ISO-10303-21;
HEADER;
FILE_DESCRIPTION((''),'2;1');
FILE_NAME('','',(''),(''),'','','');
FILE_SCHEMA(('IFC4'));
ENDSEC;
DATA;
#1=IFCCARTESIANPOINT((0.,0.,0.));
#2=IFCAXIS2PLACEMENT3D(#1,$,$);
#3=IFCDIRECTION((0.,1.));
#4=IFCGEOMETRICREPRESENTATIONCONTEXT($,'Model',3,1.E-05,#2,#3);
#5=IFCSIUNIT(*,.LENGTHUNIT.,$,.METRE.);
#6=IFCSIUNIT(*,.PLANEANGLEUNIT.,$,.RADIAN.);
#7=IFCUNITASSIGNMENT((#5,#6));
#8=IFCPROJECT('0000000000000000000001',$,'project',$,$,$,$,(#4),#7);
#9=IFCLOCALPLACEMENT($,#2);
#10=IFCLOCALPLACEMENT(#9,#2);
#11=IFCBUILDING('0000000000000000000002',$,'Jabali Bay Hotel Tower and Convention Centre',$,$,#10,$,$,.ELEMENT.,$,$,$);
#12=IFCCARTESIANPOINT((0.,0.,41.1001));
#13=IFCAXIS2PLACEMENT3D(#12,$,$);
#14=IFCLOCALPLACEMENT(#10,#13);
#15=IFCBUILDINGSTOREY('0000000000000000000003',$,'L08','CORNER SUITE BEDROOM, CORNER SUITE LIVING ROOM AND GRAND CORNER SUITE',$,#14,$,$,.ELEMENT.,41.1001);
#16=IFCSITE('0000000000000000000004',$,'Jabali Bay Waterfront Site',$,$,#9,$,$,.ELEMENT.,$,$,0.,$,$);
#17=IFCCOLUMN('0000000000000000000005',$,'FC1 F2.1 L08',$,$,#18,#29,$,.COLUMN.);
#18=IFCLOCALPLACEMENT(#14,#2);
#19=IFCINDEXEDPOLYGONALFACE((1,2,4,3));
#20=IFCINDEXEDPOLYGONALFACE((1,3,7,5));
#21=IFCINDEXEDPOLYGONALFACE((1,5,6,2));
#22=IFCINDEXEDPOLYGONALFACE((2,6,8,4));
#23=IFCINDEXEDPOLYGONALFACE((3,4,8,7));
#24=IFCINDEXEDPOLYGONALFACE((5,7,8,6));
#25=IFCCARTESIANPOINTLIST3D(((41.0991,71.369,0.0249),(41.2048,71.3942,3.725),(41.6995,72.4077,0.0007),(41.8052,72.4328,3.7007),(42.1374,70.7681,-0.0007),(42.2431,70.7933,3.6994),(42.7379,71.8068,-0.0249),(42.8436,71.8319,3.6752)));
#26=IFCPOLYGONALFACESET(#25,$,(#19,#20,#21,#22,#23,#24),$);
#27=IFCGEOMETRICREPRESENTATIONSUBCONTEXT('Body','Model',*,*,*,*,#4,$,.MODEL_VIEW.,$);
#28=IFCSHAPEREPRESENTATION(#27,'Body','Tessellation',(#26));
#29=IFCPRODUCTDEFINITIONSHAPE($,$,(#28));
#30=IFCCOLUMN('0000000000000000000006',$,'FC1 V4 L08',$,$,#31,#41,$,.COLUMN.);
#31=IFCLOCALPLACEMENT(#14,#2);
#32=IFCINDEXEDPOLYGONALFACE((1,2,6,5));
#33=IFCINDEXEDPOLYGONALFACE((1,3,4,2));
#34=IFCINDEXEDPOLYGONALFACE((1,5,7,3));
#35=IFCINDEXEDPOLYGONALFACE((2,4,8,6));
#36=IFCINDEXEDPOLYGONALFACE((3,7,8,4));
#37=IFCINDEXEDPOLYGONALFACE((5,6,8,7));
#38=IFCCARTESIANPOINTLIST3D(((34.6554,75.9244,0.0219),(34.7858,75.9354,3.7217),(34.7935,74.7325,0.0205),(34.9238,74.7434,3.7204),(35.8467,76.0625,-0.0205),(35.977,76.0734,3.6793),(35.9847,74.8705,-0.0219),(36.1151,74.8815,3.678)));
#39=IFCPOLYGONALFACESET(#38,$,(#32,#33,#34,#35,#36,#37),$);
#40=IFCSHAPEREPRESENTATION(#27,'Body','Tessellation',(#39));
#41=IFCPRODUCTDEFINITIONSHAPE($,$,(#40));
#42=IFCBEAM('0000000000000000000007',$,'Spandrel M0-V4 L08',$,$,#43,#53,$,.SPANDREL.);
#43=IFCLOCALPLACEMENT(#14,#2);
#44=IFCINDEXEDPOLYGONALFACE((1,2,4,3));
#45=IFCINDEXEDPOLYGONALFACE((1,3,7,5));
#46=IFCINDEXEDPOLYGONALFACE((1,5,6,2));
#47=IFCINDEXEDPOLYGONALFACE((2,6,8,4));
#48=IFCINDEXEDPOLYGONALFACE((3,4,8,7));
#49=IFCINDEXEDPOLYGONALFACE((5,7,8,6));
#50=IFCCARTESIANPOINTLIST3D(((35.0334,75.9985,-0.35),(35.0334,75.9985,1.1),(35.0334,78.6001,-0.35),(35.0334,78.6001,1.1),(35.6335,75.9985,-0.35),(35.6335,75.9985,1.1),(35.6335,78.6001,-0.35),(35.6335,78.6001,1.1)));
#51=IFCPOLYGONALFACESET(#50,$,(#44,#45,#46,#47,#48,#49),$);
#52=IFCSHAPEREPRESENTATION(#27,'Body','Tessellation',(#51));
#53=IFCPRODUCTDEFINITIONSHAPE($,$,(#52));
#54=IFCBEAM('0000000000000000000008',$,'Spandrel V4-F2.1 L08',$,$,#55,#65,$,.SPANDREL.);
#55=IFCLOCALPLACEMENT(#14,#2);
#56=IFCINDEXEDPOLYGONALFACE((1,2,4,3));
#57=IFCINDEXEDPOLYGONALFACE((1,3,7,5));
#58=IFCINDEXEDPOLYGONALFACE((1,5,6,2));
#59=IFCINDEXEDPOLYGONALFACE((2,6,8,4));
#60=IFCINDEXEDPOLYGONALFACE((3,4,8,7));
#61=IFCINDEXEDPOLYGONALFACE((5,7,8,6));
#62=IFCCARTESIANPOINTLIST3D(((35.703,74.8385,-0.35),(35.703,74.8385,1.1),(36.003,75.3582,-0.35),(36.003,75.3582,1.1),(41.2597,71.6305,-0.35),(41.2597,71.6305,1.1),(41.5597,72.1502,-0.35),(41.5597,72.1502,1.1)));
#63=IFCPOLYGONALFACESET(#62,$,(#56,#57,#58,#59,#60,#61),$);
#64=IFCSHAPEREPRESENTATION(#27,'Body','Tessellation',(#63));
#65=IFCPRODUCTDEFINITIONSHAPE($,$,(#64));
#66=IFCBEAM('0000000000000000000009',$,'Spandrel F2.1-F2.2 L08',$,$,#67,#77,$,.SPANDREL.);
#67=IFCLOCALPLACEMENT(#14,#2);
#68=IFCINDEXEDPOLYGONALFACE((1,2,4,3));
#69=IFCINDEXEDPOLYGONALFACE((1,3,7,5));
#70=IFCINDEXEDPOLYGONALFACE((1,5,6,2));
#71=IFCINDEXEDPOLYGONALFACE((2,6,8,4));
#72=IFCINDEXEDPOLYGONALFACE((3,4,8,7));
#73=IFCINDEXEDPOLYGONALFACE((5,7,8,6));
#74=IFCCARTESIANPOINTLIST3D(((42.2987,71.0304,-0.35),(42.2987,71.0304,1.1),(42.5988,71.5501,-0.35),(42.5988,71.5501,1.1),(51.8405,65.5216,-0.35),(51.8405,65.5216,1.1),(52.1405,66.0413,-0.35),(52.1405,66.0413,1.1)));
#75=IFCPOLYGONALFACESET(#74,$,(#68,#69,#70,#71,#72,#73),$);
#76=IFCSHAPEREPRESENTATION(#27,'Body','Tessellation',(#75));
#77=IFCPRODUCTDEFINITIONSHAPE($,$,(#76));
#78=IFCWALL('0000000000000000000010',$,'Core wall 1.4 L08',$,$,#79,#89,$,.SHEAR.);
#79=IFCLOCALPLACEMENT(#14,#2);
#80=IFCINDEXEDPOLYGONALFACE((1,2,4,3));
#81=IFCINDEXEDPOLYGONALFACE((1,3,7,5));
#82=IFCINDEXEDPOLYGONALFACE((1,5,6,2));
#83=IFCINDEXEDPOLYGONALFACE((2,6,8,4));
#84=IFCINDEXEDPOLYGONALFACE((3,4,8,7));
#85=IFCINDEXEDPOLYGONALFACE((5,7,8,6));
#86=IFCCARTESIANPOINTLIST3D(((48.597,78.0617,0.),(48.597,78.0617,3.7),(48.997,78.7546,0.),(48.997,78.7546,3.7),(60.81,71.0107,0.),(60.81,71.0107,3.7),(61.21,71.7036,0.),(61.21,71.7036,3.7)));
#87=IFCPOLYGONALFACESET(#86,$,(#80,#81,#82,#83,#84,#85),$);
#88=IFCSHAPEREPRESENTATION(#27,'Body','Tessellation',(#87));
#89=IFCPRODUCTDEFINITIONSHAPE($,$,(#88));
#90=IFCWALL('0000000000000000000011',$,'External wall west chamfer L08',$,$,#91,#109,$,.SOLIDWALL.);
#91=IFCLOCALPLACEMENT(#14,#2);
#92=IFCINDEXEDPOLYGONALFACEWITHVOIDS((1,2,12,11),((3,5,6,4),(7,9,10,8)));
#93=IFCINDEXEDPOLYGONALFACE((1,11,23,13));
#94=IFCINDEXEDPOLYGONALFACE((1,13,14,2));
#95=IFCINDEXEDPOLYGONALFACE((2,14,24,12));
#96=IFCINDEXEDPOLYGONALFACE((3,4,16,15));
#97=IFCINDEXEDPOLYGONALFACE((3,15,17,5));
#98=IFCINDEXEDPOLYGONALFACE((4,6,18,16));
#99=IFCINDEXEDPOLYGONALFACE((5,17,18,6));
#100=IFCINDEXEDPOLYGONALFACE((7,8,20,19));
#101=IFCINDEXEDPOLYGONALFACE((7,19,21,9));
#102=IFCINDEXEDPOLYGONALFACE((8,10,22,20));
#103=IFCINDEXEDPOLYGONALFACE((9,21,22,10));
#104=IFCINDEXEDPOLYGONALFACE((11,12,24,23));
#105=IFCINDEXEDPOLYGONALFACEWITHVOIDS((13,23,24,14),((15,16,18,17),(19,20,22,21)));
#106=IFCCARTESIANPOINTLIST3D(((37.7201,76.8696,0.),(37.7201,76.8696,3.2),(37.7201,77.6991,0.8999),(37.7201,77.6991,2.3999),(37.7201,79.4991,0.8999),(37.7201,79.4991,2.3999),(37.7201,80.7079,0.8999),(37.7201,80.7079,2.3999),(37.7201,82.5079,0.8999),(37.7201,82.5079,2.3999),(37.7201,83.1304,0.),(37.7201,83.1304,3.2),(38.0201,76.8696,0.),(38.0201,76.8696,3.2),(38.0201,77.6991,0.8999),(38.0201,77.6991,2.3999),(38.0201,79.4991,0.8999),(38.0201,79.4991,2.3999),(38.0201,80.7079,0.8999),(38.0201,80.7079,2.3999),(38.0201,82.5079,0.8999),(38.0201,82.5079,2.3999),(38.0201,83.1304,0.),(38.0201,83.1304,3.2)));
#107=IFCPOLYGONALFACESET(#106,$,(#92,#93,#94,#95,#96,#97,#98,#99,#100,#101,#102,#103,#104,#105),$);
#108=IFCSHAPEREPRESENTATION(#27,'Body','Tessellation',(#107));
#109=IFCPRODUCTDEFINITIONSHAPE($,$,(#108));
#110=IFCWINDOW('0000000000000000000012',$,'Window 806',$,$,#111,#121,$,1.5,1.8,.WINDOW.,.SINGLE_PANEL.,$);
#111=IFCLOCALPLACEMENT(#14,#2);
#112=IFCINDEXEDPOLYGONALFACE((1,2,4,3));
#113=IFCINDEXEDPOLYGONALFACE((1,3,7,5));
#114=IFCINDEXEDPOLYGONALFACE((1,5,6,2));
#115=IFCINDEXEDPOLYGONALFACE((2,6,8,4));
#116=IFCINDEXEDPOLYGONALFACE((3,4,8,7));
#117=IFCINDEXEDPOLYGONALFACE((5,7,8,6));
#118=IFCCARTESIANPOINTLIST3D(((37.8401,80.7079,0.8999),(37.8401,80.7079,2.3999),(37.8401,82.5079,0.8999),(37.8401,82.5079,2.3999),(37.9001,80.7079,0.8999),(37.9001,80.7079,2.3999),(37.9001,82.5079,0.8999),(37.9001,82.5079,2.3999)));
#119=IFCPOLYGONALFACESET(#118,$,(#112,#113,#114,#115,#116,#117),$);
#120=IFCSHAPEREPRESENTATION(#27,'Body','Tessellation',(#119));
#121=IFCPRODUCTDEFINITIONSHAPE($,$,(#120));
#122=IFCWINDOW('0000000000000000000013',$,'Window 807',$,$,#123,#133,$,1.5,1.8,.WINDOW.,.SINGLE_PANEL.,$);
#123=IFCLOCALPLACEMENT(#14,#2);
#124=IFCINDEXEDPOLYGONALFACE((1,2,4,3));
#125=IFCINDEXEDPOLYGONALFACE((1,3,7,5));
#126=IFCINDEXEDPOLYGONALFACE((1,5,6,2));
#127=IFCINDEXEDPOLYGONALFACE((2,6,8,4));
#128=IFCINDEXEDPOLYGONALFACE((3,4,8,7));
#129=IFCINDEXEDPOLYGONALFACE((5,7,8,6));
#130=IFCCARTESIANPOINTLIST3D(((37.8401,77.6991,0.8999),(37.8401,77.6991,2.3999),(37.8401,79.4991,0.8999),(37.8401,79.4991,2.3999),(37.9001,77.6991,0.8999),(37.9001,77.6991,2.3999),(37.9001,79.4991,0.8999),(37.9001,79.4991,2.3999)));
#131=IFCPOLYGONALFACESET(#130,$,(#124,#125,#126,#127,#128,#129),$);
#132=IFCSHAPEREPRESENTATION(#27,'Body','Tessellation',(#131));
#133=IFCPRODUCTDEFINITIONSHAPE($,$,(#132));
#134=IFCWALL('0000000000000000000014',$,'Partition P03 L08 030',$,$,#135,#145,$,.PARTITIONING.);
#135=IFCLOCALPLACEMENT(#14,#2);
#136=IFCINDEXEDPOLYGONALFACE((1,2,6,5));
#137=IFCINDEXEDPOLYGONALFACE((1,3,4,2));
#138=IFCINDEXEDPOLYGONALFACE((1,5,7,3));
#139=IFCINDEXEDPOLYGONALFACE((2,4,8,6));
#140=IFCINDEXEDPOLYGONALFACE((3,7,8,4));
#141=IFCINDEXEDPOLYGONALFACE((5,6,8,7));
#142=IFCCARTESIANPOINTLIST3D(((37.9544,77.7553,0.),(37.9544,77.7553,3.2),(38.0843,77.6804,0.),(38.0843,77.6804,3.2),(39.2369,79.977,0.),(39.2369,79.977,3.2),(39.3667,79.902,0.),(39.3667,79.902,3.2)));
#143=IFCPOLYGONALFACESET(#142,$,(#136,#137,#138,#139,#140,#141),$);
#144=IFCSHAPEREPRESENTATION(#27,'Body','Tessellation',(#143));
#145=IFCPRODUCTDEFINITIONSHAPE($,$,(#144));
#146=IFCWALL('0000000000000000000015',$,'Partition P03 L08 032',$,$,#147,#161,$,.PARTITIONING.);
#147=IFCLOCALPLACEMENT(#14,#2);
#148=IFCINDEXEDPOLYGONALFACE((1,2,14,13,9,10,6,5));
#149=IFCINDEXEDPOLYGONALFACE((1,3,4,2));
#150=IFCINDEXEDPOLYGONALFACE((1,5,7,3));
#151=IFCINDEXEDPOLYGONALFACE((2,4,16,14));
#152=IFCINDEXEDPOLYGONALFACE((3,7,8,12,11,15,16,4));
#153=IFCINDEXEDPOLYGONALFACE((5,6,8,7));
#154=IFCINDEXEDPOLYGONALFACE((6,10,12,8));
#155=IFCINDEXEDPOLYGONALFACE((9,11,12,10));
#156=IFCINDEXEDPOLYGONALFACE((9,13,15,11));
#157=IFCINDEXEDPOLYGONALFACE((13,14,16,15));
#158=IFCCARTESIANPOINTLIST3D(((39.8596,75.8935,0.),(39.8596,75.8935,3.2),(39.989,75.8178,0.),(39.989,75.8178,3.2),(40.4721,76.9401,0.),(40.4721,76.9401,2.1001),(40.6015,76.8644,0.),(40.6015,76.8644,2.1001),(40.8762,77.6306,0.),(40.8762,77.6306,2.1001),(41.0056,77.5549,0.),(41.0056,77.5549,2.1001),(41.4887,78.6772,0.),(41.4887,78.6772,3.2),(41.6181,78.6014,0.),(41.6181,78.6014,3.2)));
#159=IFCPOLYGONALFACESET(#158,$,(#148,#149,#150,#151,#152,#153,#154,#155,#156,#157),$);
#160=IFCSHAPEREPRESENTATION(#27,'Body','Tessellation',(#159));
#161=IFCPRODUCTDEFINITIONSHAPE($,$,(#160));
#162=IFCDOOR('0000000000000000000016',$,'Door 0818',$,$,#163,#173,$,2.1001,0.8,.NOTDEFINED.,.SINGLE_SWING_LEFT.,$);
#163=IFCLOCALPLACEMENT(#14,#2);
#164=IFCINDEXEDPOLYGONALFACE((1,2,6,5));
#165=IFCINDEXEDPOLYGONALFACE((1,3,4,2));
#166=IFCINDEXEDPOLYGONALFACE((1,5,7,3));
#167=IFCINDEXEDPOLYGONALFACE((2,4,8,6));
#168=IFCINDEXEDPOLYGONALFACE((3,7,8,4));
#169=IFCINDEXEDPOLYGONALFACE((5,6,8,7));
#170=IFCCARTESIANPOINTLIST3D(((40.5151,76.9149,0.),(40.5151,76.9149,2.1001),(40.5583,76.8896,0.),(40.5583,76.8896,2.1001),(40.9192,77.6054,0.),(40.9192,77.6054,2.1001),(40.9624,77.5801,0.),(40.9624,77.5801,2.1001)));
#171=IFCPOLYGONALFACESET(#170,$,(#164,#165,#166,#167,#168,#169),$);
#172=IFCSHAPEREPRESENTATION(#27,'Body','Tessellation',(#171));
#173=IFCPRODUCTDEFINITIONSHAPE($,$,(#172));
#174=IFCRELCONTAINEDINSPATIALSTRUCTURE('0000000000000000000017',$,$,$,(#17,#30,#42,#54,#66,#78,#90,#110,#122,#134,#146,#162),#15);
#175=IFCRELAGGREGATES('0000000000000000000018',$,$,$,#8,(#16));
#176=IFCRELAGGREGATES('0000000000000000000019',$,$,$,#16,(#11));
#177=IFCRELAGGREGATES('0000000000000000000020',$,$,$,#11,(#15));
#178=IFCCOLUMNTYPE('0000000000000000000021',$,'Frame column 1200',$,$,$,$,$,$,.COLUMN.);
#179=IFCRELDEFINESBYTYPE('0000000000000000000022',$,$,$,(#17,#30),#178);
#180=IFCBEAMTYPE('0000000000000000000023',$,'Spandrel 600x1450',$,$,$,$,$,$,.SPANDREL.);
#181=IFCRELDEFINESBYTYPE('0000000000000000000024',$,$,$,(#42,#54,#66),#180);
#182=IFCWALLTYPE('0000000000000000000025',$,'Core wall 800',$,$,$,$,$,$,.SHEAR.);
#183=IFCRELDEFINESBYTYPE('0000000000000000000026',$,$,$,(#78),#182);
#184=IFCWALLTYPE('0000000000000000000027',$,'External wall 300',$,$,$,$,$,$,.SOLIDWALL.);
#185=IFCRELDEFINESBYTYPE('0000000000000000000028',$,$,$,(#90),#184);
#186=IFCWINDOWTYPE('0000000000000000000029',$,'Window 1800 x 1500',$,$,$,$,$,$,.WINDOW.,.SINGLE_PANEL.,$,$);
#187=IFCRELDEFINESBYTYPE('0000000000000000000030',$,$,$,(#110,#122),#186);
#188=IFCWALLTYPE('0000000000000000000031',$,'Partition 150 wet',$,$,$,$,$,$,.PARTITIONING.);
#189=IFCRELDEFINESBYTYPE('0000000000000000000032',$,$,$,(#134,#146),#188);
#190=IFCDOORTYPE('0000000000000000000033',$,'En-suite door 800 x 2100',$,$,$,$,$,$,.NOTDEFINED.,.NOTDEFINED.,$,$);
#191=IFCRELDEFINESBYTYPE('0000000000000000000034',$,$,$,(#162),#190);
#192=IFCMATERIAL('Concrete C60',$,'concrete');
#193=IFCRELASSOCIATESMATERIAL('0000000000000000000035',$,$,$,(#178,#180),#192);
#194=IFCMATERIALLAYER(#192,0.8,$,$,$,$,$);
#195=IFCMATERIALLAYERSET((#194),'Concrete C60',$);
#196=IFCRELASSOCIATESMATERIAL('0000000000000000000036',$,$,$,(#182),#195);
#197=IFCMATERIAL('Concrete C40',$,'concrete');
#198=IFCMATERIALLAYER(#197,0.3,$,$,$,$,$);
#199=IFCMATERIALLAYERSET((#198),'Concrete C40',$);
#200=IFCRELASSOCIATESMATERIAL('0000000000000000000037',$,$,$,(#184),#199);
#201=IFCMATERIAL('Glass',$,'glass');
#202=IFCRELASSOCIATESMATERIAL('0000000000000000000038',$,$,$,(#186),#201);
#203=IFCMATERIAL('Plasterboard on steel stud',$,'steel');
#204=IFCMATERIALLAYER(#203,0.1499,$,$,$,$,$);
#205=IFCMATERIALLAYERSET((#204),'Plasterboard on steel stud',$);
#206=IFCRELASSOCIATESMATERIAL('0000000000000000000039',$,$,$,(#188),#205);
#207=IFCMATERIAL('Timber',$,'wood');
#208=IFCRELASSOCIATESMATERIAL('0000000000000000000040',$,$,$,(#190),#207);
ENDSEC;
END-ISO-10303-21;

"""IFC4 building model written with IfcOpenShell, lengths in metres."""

from ifc_helpers import new_model, si_unit, direction, frame, frame_2d, origin, origin_2d, place, context, subcontext, project, spatial, rectangle, extrude, material, layer, layer_set, material_profile, profile_set, type_object, element, fill, save


model = new_model("IFC4")

# Units and contexts
model_context = context("Model", 3, precision=1e-05, world=origin(), true_north=direction((0.0, 1.0)))
body_context = subcontext(model_context, "Body", "Model", "MODEL_VIEW")
ifc_project = project(units=[si_unit("LENGTHUNIT", "METRE"), si_unit("PLANEANGLEUNIT", "RADIAN")], contexts=[model_context])

# Site, building, storey
site_placement = place(None, origin())
site = spatial("IfcSite", under=ifc_project, at=site_placement, Name="Jabali Bay Waterfront Site", CompositionType="ELEMENT", RefElevation=0.0)
building_placement = place(site_placement, origin())
building = spatial("IfcBuilding", under=site, at=building_placement, Name="Jabali Bay Hotel Tower and Convention Centre", CompositionType="ELEMENT")
storey_placement = place(building_placement, frame((0.0, 0.0, 41.1001)))
storey = spatial("IfcBuildingStorey", under=building, at=storey_placement, Name="L08", Description="CORNER SUITE BEDROOM, CORNER SUITE LIVING ROOM AND GRAND CORNER SUITE", CompositionType="ELEMENT", Elevation=41.1001)

# Columns
ifc_material_1 = material(Name="Concrete C60", Category="concrete")
ifc_material_profile_1 = material_profile(ifc_material_1, rectangle(XDim=1.2, YDim=1.2, at=origin_2d()), Name="Frame column 1200")
ifc_profile_set_1 = profile_set([ifc_material_profile_1], Name="Concrete C60")
column_type = type_object("IfcColumnType", Name="Frame column 1200", PredefinedType="COLUMN", material=ifc_profile_set_1)
column_1_placement = place(storey_placement, frame((41.9185, 71.5879, 0.0), z_axis=(0.028559, 0.006794, 0.999569), x_axis=(-0.86532, 0.500766, 0.02132)))
element("IfcColumn", 1, at=column_1_placement, inside=storey, type_object=column_type, Name="FC1 F2.1 L08", PredefinedType="COLUMN", context=body_context, shape_type="SweptSolid", body=[
    extrude(rectangle(XDim=1.2, YDim=1.2, at=origin_2d()), origin(), (0.0, 0.0, 1.0), 3.7017),
])
column_2_placement = place(storey_placement, frame((35.3201, 75.3975, 0.0), z_axis=(0.035214, 0.002967, 0.999375), x_axis=(-0.115048, 0.993359, 0.001104)))
element("IfcColumn", 2, at=column_2_placement, inside=storey, type_object=column_type, Name="FC1 V4 L08", PredefinedType="COLUMN", context=body_context, shape_type="SweptSolid", body=[
    extrude(rectangle(XDim=1.2, YDim=1.2, at=origin_2d()), origin(), (0.0, 0.0, 1.0), 3.7021),
])

# Beams
ifc_material_profile_2 = material_profile(ifc_material_1, rectangle(XDim=0.6001, YDim=1.45, at=origin_2d()), Name="Spandrel 600x1450")
ifc_profile_set_2 = profile_set([ifc_material_profile_2], Name="Concrete C60")
beam_type = type_object("IfcBeamType", Name="Spandrel 600x1450", PredefinedType="SPANDREL", material=ifc_profile_set_2)
beam_1_placement = place(storey_placement, frame((35.3335, 78.6001, 0.375), z_axis=(0.0, -1.0, 0.0), x_axis=(1.0, 0.0, 0.0)))
element("IfcBeam", 3, at=beam_1_placement, inside=storey, type_object=beam_type, Name="Spandrel M0-V4 L08", PredefinedType="SPANDREL", context=body_context, shape_type="SweptSolid", body=[
    extrude(rectangle(XDim=0.6001, YDim=1.45, at=origin_2d()), origin(), (0.0, 0.0, 1.0), 2.6016),
])
beam_2_placement = place(storey_placement, frame((35.853, 75.0984, 0.375), z_axis=(0.866034, -0.499986, 0.0), x_axis=(0.499986, 0.866034, 0.0)))
element("IfcBeam", 4, at=beam_2_placement, inside=storey, type_object=beam_type, Name="Spandrel V4-F2.1 L08", PredefinedType="SPANDREL", context=body_context, shape_type="SweptSolid", body=[
    extrude(rectangle(XDim=0.6001, YDim=1.45, at=origin_2d()), origin(), (0.0, 0.0, 1.0), 6.4163),
])
beam_3_placement = place(storey_placement, frame((42.4487, 71.2903, 0.375), z_axis=(0.866031, -0.49999, 0.0), x_axis=(0.49999, 0.866031, 0.0)))
element("IfcBeam", 5, at=beam_3_placement, inside=storey, type_object=beam_type, Name="Spandrel F2.1-F2.2 L08", PredefinedType="SPANDREL", context=body_context, shape_type="SweptSolid", body=[
    extrude(rectangle(XDim=0.6001, YDim=1.45, at=origin_2d()), origin(), (0.0, 0.0, 1.0), 11.0178),
])

# Wall
ifc_layer_1 = layer(ifc_material_1, 0.8)
ifc_layer_set_1 = layer_set([ifc_layer_1], Name="Concrete C60")
wall_type_1 = type_object("IfcWallType", Name="Core wall 800", PredefinedType="SHEAR", material=ifc_layer_set_1)
wall_1_placement = place(storey_placement, frame((48.7969, 78.4082, 0.0), z_axis=(0.0, 0.0, 1.0), x_axis=(0.866033, -0.499988, 0.0)))
element("IfcWall", 6, at=wall_1_placement, inside=storey, type_object=wall_type_1, Name="Core wall 1.4 L08", PredefinedType="SHEAR", context=body_context, shape_type="SweptSolid", body=[
    extrude(rectangle(XDim=14.1023, YDim=0.8, at=frame_2d((7.0513, 0.0))), origin(), (0.0, 0.0, 1.0), 3.7),
])

# Wall, openings, windows
ifc_material_2 = material(Name="Concrete C40", Category="concrete")
ifc_layer_2 = layer(ifc_material_2, 0.3)
ifc_layer_set_2 = layer_set([ifc_layer_2], Name="Concrete C40")
wall_type_2 = type_object("IfcWallType", Name="External wall 300", PredefinedType="SOLIDWALL", material=ifc_layer_set_2)
wall_2_placement = place(storey_placement, frame((37.8701, 76.8696, 0.0), z_axis=(0.0, 0.0, 1.0), x_axis=(0.0, 1.0, 0.0)))
wall_2 = element("IfcWall", 7, at=wall_2_placement, inside=storey, type_object=wall_type_2, Name="External wall west chamfer L08", PredefinedType="SOLIDWALL", context=body_context, shape_type="SweptSolid", body=[
    extrude(rectangle(XDim=6.2607, YDim=0.3, at=frame_2d((3.1304, 0.0))), origin(), (0.0, 0.0, 1.0), 3.2),
])
opening_1_placement = place(wall_2_placement, frame((3.8384, 0.0, 0.8999)))
opening_1 = element("IfcOpeningElement", 8, at=opening_1_placement, cuts=wall_2, PredefinedType="OPENING", context=body_context, shape_type="SweptSolid", body=[
    extrude(rectangle(XDim=1.8, YDim=1.5, at=frame_2d((0.8999, 0.75))), frame((0.0, 0.1606, 0.0), z_axis=(0.0, -1.0, 0.0), x_axis=(1.0, 0.0, 0.0)), (0.0, 0.0, 1.0), 0.321),
])
opening_2_placement = place(wall_2_placement, frame((0.8296, 0.0, 0.8999)))
opening_2 = element("IfcOpeningElement", 9, at=opening_2_placement, cuts=wall_2, PredefinedType="OPENING", context=body_context, shape_type="SweptSolid", body=[
    extrude(rectangle(XDim=1.8, YDim=1.5, at=frame_2d((0.8999, 0.75))), frame((0.0, 0.1606, 0.0), z_axis=(0.0, -1.0, 0.0), x_axis=(1.0, 0.0, 0.0)), (0.0, 0.0, 1.0), 0.321),
])
ifc_material_3 = material(Name="Glass", Category="glass")
window_type = type_object("IfcWindowType", Name="Window 1800 x 1500", PartitioningType="SINGLE_PANEL", PredefinedType="WINDOW", material=ifc_material_3)
window_1_placement = place(opening_1_placement, origin())
window_1 = element("IfcWindow", 10, at=window_1_placement, inside=storey, type_object=window_type, Name="Window 806", OverallHeight=1.5, OverallWidth=1.8, PartitioningType="SINGLE_PANEL", PredefinedType="WINDOW", context=body_context, shape_type="SweptSolid", body=[
    extrude(rectangle(XDim=1.8, YDim=1.5, at=frame_2d((0.8999, 0.75))), frame((0.0, 0.03, 0.0), z_axis=(0.0, -1.0, 0.0), x_axis=(1.0, 0.0, 0.0)), (0.0, 0.0, 1.0), 0.0601),
])
fill(opening_1, window_1)
window_2_placement = place(opening_2_placement, origin())
window_2 = element("IfcWindow", 11, at=window_2_placement, inside=storey, type_object=window_type, Name="Window 807", OverallHeight=1.5, OverallWidth=1.8, PartitioningType="SINGLE_PANEL", PredefinedType="WINDOW", context=body_context, shape_type="SweptSolid", body=[
    extrude(rectangle(XDim=1.8, YDim=1.5, at=frame_2d((0.8999, 0.75))), frame((0.0, 0.03, 0.0), z_axis=(0.0, -1.0, 0.0), x_axis=(1.0, 0.0, 0.0)), (0.0, 0.0, 1.0), 0.0601),
])
fill(opening_2, window_2)

# Wall
ifc_material_4 = material(Name="Plasterboard on steel stud", Category="steel")
ifc_layer_3 = layer(ifc_material_4, 0.1499)
ifc_layer_set_3 = layer_set([ifc_layer_3], Name="Plasterboard on steel stud")
wall_type_3 = type_object("IfcWallType", Name="Partition 150 wet", PredefinedType="PARTITIONING", material=ifc_layer_set_3)
wall_3_placement = place(storey_placement, frame((38.0193, 77.7178, 0.0), z_axis=(0.0, 0.0, 1.0), x_axis=(0.499937, 0.866062, 0.0)))
element("IfcWall", 12, at=wall_3_placement, inside=storey, type_object=wall_type_3, Name="Partition P03 L08 030", PredefinedType="PARTITIONING", context=body_context, shape_type="SweptSolid", body=[
    extrude(rectangle(XDim=2.5652, YDim=0.1499, at=frame_2d((1.2827, 0.0))), origin(), (0.0, 0.0, 1.0), 3.2),
])

# Wall, opening, door
wall_4_placement = place(storey_placement, frame((41.5535, 78.6394, 0.0), z_axis=(0.0, 0.0, 1.0), x_axis=(-0.505104, -0.863059, 0.0)))
wall_4 = element("IfcWall", 13, at=wall_4_placement, inside=storey, type_object=wall_type_3, Name="Partition P03 L08 032", PredefinedType="PARTITIONING", context=body_context, shape_type="SweptSolid", body=[
    extrude(rectangle(XDim=3.2253, YDim=0.1499, at=frame_2d((1.6128, 0.0))), origin(), (0.0, 0.0, 1.0), 3.2),
])
opening_3_placement = place(wall_4_placement, frame((1.2129, 0.0, 0.0)))
opening_3 = element("IfcOpeningElement", 14, at=opening_3_placement, cuts=wall_4, PredefinedType="OPENING", context=body_context, shape_type="SweptSolid", body=[
    extrude(rectangle(XDim=0.8, YDim=2.1001, at=frame_2d((0.3999, 1.05))), frame((0.0, 0.0854, 0.0), z_axis=(0.0, -1.0, 0.0), x_axis=(1.0, 0.0, 0.0)), (0.0, 0.0, 1.0), 0.1709),
])
ifc_material_5 = material(Name="Timber", Category="wood")
door_type = type_object("IfcDoorType", Name="En-suite door 800 x 2100", OperationType="NOTDEFINED", PredefinedType="NOTDEFINED", material=ifc_material_5)
door_placement = place(opening_3_placement, origin())
door = element("IfcDoor", 15, at=door_placement, inside=storey, type_object=door_type, Name="Door 0818", OperationType="SINGLE_SWING_LEFT", OverallHeight=2.1001, OverallWidth=0.8, PredefinedType="NOTDEFINED", context=body_context, shape_type="SweptSolid", body=[
    extrude(rectangle(XDim=0.8, YDim=2.1001, at=frame_2d((0.3999, 1.05))), frame((0.0, 0.0249, 0.0), z_axis=(0.0, -1.0, 0.0), x_axis=(1.0, 0.0, 0.0)), (0.0, 0.0, 1.0), 0.05),
])
fill(opening_3, door)

save(model, "model.ifc")
